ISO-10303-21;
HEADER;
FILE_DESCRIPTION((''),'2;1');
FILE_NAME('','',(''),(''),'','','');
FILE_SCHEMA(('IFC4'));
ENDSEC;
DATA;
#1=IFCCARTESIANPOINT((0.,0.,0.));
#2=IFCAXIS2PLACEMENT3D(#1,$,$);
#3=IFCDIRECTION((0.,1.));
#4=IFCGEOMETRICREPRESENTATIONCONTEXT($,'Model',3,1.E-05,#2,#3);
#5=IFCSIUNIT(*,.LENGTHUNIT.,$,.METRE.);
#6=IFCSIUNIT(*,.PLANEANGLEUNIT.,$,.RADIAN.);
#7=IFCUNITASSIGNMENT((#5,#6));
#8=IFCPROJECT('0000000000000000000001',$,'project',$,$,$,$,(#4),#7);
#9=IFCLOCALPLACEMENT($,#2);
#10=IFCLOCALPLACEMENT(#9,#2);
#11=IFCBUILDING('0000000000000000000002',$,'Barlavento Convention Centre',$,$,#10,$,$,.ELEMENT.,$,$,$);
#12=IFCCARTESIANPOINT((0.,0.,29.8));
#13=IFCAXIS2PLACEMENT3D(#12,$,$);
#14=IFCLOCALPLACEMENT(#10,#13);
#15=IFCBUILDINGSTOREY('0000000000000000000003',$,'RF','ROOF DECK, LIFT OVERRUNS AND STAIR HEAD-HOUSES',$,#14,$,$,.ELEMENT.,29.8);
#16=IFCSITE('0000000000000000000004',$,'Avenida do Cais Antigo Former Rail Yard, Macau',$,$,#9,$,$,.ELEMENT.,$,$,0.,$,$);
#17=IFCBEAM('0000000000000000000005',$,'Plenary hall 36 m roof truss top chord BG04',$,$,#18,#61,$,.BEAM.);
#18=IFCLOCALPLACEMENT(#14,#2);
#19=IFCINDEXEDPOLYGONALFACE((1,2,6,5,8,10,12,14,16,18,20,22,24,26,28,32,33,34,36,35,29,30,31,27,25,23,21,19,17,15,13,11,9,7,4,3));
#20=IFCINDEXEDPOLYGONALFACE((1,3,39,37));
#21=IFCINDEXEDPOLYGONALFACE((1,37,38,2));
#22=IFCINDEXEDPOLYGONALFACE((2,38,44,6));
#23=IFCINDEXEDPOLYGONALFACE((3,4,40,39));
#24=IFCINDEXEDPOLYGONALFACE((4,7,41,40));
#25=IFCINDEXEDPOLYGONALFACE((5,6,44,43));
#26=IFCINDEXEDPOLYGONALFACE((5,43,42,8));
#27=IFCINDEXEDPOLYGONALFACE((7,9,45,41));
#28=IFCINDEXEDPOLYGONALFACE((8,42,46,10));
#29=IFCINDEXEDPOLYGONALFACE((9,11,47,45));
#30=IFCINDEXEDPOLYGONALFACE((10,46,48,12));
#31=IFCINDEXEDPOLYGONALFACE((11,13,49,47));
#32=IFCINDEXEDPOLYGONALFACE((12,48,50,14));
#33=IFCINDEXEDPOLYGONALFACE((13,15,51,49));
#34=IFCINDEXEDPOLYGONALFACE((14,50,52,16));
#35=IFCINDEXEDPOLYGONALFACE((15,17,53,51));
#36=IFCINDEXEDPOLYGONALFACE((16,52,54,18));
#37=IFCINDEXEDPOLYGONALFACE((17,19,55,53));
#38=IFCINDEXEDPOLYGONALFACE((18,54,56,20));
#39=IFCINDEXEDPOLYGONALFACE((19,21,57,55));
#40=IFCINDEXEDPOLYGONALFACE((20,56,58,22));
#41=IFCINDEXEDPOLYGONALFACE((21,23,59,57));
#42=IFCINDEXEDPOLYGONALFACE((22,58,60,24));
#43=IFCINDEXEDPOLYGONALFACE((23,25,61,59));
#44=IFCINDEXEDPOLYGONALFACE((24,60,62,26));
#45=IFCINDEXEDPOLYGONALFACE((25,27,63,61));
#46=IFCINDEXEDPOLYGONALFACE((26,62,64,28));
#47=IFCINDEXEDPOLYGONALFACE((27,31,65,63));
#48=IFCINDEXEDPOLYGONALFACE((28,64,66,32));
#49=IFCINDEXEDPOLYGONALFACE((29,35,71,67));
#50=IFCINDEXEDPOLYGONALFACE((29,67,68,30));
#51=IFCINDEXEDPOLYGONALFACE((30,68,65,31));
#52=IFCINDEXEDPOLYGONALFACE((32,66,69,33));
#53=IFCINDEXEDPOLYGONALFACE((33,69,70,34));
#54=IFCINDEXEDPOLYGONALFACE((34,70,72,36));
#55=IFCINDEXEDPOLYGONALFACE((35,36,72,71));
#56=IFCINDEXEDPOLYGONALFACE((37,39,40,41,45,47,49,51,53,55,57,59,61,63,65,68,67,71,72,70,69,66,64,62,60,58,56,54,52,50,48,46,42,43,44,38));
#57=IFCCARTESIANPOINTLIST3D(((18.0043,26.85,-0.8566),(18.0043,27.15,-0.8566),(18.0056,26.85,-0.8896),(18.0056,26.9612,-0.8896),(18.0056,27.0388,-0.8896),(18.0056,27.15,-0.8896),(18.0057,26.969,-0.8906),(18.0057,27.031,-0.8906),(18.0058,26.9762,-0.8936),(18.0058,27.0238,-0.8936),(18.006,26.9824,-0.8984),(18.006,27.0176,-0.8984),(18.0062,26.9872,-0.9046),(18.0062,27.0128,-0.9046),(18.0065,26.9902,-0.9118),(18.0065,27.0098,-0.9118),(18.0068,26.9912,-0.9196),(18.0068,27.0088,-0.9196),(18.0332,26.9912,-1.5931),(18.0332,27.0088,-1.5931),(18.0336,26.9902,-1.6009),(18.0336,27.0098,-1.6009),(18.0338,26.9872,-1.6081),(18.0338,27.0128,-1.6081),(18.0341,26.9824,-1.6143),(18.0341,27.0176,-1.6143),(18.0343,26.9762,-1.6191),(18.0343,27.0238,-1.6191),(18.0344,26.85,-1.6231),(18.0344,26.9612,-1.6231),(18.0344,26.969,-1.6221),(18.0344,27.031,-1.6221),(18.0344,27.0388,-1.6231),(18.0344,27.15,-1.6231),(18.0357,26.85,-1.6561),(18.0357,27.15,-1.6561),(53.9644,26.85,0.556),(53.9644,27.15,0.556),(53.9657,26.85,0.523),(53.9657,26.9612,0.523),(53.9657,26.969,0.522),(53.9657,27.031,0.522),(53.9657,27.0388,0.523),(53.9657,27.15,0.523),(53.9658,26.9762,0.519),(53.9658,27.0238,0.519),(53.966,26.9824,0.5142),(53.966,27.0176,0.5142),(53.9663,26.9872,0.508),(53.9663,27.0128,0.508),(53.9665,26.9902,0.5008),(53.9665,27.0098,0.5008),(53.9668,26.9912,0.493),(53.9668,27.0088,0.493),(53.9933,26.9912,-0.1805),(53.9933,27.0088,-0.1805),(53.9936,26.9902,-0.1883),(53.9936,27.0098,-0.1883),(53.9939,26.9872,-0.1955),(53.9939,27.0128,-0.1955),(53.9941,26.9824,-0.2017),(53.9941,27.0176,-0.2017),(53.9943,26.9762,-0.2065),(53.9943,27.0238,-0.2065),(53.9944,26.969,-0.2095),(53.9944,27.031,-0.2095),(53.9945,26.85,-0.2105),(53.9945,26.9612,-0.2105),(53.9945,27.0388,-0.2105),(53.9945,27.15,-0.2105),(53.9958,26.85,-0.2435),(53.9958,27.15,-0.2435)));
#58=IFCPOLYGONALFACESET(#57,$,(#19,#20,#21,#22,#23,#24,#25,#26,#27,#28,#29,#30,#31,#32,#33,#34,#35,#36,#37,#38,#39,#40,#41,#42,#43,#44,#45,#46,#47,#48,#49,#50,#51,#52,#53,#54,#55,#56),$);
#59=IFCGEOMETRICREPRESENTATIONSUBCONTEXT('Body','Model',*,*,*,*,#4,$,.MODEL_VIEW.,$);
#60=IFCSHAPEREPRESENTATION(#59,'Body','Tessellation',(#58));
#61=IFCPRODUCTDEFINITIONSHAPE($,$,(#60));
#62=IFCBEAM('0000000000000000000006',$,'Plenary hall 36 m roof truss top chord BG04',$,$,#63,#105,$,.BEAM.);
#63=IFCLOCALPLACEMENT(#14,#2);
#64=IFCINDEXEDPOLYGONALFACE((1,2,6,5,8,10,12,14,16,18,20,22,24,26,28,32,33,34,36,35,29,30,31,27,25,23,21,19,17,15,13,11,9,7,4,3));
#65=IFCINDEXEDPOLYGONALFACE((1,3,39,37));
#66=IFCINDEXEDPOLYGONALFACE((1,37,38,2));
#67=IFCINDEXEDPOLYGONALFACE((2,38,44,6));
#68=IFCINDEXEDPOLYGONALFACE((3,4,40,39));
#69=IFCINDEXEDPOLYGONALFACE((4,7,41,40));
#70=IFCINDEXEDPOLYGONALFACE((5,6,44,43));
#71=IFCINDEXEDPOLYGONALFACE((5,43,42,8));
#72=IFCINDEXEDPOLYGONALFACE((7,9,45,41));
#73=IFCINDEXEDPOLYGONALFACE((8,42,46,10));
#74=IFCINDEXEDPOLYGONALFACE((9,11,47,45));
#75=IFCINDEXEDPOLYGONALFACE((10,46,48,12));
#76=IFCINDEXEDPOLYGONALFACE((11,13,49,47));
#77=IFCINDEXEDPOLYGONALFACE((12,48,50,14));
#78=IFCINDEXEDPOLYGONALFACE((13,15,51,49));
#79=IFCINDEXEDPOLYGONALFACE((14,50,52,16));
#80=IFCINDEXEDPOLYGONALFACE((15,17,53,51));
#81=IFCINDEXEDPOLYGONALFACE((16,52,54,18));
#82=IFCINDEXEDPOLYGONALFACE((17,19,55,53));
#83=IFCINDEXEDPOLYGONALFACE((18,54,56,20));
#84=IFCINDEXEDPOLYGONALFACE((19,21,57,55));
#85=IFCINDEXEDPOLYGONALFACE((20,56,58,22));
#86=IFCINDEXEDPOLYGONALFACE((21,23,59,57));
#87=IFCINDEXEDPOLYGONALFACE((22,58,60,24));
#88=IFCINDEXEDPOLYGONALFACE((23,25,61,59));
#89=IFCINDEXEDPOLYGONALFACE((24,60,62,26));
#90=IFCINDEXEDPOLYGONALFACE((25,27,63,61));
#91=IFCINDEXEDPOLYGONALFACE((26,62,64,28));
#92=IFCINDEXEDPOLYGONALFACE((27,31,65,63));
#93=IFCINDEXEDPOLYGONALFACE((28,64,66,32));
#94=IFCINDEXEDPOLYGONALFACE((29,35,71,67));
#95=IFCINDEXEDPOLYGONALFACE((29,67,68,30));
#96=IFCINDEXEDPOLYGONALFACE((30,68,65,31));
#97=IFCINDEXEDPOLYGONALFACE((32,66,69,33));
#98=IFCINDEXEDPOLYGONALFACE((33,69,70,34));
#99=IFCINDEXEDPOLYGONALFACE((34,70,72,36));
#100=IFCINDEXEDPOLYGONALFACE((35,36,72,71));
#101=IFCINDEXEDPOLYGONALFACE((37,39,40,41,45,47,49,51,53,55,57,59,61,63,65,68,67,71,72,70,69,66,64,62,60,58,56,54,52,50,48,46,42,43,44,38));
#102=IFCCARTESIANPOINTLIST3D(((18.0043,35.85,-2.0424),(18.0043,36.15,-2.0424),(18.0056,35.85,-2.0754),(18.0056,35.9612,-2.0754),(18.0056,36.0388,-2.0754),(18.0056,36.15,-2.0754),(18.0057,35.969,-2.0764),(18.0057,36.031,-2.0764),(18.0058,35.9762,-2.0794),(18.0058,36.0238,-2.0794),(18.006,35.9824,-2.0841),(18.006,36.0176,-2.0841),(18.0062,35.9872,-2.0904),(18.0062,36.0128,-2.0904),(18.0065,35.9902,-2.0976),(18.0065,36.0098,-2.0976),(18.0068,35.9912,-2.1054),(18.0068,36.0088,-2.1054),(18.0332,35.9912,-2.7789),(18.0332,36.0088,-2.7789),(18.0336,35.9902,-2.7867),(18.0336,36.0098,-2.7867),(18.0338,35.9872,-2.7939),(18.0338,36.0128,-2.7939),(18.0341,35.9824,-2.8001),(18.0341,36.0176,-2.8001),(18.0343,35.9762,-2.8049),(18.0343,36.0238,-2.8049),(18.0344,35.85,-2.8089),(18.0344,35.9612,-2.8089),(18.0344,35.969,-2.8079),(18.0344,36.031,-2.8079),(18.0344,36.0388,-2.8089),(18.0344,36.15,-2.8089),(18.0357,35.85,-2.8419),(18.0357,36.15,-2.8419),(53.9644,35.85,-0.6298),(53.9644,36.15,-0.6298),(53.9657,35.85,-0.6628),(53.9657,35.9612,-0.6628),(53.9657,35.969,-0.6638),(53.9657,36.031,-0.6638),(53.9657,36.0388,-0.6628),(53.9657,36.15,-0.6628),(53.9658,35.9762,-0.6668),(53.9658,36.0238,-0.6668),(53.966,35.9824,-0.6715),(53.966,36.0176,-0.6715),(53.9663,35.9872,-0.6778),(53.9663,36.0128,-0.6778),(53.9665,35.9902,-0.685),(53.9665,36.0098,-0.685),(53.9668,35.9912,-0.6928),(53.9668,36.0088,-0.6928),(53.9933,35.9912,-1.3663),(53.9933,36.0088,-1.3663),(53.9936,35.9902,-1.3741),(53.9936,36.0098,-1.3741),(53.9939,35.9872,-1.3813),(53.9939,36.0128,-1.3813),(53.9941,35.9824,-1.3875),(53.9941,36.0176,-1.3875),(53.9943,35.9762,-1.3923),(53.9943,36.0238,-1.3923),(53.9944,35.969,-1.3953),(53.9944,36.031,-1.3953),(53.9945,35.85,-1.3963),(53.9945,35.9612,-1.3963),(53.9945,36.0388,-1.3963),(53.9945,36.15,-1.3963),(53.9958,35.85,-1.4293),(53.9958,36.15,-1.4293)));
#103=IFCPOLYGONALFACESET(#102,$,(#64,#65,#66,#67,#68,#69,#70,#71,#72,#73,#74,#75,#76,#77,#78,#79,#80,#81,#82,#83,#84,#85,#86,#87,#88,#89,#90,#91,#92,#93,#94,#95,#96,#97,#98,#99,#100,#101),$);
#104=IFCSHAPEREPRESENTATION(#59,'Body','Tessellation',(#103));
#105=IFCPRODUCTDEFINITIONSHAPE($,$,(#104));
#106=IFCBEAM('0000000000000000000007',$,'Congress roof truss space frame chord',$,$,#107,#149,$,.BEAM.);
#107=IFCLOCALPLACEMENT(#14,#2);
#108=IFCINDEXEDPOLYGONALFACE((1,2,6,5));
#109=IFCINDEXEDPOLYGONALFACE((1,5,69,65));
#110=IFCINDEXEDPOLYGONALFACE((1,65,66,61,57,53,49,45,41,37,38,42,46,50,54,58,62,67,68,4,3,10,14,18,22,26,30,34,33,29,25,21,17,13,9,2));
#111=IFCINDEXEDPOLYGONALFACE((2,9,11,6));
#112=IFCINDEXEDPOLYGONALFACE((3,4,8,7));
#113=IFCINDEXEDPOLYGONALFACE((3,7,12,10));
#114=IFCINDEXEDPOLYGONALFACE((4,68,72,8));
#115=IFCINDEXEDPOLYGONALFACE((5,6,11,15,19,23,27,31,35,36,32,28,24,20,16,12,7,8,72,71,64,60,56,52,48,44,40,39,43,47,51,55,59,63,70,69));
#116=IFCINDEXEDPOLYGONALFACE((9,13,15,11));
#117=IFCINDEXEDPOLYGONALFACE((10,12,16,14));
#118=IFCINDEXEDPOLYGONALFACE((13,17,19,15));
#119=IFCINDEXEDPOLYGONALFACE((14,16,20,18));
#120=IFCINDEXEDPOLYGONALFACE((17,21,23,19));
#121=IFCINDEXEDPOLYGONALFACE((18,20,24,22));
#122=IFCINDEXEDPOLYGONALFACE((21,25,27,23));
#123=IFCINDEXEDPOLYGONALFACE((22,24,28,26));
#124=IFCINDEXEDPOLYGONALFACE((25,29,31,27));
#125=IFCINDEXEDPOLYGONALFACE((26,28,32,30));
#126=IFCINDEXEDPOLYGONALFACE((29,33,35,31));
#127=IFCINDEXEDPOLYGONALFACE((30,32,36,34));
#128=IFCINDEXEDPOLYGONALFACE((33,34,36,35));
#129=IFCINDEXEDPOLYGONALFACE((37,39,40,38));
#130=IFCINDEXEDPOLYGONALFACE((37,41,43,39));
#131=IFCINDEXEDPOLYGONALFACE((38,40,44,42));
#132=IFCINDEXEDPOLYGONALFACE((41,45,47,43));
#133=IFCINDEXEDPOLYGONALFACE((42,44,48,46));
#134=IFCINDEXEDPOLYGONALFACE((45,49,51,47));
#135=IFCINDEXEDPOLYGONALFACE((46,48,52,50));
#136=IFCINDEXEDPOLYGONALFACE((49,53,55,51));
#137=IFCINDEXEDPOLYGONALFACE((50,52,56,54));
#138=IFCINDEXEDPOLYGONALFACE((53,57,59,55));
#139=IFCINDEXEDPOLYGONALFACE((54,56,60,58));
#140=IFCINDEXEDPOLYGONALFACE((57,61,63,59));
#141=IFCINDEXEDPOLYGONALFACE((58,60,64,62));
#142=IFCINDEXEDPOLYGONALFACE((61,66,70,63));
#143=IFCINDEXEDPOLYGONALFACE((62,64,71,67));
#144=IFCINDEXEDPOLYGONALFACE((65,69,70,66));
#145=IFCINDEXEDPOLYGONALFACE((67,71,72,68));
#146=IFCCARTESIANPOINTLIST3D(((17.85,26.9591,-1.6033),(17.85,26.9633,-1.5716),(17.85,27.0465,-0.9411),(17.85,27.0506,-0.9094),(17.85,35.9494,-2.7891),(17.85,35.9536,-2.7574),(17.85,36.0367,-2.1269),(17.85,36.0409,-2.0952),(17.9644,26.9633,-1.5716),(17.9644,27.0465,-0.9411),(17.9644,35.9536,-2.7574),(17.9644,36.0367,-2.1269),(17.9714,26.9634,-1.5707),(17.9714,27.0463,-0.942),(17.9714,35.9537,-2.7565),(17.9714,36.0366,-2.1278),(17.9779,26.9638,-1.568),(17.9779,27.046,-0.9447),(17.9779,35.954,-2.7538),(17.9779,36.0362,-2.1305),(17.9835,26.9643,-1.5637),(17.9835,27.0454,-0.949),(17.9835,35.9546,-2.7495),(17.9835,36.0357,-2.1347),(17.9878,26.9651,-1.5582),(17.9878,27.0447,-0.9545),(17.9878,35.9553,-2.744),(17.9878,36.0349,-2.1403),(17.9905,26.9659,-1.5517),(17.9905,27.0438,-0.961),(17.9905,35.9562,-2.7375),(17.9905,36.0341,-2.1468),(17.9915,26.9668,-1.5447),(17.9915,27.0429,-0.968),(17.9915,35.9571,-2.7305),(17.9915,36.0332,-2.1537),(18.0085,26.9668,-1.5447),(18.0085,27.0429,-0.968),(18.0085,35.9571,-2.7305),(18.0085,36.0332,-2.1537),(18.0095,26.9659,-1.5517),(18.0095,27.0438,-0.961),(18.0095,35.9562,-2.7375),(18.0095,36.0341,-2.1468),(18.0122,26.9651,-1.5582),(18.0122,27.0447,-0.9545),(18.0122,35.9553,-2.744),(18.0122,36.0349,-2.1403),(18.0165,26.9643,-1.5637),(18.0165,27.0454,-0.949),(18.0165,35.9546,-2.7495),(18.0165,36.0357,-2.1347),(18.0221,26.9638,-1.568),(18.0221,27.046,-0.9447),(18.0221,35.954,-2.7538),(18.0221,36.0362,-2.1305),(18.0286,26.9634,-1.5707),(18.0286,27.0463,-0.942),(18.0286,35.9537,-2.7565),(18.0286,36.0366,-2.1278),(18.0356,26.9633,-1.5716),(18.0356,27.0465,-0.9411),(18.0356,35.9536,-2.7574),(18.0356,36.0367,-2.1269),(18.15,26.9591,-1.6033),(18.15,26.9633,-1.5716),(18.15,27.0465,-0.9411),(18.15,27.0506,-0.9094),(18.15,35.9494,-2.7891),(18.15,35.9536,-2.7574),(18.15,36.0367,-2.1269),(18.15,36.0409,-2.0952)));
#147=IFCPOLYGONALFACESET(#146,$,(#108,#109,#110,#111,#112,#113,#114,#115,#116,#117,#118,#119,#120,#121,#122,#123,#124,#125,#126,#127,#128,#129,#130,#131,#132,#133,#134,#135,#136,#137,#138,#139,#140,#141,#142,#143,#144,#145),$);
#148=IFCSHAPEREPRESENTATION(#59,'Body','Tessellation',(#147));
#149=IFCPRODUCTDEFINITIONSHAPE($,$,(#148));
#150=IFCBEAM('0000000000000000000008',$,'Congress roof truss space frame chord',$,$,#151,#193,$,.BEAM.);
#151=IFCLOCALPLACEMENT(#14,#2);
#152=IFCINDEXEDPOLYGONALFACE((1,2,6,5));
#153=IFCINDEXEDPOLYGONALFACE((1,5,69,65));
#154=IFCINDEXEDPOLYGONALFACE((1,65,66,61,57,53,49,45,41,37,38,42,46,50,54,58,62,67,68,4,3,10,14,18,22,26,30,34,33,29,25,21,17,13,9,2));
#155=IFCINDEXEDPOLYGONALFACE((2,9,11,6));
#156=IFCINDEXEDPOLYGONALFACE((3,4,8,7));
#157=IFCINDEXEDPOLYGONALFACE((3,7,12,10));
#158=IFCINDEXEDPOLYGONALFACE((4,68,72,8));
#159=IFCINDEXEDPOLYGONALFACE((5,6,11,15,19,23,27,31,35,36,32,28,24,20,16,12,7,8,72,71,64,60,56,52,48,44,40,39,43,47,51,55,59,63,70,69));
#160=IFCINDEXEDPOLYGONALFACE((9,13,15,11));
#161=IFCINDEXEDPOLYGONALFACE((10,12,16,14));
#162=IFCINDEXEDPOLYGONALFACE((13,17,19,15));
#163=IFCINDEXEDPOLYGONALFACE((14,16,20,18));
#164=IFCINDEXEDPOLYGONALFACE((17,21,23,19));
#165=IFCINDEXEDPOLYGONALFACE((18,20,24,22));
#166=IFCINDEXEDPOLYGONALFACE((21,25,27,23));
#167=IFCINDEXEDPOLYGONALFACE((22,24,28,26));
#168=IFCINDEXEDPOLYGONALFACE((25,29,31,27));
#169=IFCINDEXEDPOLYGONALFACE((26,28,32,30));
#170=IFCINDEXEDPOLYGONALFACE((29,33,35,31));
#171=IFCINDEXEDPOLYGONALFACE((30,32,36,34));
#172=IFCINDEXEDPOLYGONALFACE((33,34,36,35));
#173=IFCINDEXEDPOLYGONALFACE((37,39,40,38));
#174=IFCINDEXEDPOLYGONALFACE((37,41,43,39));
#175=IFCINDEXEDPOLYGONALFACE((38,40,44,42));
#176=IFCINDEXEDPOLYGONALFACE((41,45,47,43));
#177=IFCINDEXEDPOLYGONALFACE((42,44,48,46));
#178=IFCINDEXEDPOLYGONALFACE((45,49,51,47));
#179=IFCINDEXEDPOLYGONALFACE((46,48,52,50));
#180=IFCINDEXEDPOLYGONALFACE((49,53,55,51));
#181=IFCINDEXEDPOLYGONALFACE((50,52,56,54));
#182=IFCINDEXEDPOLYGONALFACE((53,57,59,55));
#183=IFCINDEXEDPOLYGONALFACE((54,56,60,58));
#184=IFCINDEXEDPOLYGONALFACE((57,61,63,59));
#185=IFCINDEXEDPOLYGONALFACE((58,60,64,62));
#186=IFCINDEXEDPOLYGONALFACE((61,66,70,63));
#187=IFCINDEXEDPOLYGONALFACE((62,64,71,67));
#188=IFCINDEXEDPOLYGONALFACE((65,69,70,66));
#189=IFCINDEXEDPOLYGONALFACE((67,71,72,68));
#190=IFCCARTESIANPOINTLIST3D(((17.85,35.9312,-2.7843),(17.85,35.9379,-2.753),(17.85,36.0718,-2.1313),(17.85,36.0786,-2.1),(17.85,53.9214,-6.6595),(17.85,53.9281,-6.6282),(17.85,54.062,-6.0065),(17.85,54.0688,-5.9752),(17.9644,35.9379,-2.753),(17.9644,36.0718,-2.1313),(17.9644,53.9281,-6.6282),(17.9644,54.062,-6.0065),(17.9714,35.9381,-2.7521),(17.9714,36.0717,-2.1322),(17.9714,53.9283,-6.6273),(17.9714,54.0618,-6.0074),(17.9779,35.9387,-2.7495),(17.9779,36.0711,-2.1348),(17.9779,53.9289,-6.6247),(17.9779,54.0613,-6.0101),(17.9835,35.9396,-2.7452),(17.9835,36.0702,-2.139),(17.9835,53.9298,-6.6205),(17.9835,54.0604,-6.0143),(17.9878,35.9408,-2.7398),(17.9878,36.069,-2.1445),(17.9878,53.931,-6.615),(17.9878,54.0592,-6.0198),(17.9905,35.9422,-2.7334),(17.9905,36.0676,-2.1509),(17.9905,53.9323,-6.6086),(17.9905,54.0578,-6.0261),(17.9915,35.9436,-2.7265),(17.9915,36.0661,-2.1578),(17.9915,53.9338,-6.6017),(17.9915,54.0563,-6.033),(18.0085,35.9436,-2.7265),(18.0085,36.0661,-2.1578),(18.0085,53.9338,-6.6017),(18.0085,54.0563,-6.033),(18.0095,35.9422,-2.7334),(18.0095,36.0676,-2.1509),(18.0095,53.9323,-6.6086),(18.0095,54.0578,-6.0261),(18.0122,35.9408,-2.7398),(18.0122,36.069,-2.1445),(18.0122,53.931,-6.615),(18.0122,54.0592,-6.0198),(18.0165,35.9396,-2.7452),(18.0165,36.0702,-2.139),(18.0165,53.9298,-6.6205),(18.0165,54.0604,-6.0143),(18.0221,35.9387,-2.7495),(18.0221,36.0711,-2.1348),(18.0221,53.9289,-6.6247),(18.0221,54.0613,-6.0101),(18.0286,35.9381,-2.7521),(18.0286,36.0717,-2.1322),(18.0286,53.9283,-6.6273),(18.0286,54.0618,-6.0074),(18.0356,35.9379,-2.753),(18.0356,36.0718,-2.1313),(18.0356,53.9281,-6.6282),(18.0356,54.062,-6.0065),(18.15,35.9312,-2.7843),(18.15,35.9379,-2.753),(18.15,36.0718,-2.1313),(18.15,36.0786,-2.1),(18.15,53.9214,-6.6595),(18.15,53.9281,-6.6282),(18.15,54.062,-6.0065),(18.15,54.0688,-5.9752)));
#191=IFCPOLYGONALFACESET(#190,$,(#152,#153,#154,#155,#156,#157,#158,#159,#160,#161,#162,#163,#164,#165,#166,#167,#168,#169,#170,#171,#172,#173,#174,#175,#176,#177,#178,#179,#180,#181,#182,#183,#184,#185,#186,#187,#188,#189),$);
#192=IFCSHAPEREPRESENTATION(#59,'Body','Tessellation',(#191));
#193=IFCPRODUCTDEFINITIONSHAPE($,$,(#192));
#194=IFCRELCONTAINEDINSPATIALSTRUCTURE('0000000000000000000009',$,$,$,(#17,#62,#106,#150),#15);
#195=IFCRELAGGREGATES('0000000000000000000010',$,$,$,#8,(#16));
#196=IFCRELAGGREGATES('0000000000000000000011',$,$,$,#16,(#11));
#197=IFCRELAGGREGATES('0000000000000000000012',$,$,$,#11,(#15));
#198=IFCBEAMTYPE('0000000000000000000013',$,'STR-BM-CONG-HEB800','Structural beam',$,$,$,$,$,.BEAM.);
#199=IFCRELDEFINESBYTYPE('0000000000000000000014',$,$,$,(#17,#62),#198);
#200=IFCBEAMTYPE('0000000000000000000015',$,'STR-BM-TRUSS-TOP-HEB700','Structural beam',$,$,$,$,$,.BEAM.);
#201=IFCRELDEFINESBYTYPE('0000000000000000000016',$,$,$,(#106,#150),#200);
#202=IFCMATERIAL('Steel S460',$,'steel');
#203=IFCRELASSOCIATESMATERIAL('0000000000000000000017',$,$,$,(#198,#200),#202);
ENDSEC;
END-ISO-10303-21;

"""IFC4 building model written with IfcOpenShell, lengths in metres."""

from ifc_helpers import new_model, si_unit, direction, frame, origin, origin_2d, place, context, subcontext, project, spatial, i_section, extrude, material, material_profile, profile_set, type_object, element, save


model = new_model("IFC4")

# Units and contexts
model_context = context("Model", 3, precision=1e-05, world=origin(), true_north=direction((0.0, 1.0)))
body_context = subcontext(model_context, "Body", "Model", "MODEL_VIEW")
ifc_project = project(units=[si_unit("LENGTHUNIT", "METRE"), si_unit("PLANEANGLEUNIT", "RADIAN")], contexts=[model_context])

# Site, building, storey
site_placement = place(None, origin())
site = spatial("IfcSite", under=ifc_project, at=site_placement, Name="Avenida do Cais Antigo Former Rail Yard, Macau", CompositionType="ELEMENT", RefElevation=0.0)
building_placement = place(site_placement, origin())
building = spatial("IfcBuilding", under=site, at=building_placement, Name="Barlavento Convention Centre", CompositionType="ELEMENT")
storey_placement = place(building_placement, frame((0.0, 0.0, 29.8)))
storey = spatial("IfcBuildingStorey", under=building, at=storey_placement, Name="RF", Description="ROOF DECK, LIFT OVERRUNS AND STAIR HEAD-HOUSES", CompositionType="ELEMENT", Elevation=29.8)

# Beams
ifc_material_1 = material(Name="Steel S460", Category="steel")
ifc_material_profile_1 = material_profile(ifc_material_1, i_section(OverallWidth=0.3, OverallDepth=0.8, WebThickness=0.0176, FlangeThickness=0.033, FilletRadius=0.03, at=origin_2d()), Name="HEB 800")
ifc_profile_set_1 = profile_set([ifc_material_profile_1], Name="Steel S460")
beam_type_1 = type_object("IfcBeamType", Name="STR-BM-CONG-HEB800", Description="Structural beam", PredefinedType="BEAM", material=ifc_profile_set_1)
for number, where, z_axis, x_axis, name in (
    (1, (18.02, 27.0, -1.2563), (0.999229, 0.0, 0.039252), (0.0, 1.0, 0.0), "Plenary hall 36 m roof truss top chord BG04"),
    (2, (18.02, 36.0, -2.4421), (0.999229, 0.0, 0.039252), (0.0, 1.0, 0.0), "Plenary hall 36 m roof truss top chord BG04"),
):
    element("IfcBeam", number, at=place(storey_placement, frame(where, z_axis=z_axis, x_axis=x_axis)), inside=storey, type_object=beam_type_1, Name=name, PredefinedType="BEAM", context=body_context, shape_type="SweptSolid", body=[
        extrude(i_section(OverallWidth=0.3, OverallDepth=0.8, WebThickness=0.0176, FlangeThickness=0.033, FilletRadius=0.03, at=origin_2d()), origin(), (0.0, 0.0, 1.0), 35.9878),
    ])
ifc_material_profile_2 = material_profile(ifc_material_1, i_section(OverallWidth=0.3, OverallDepth=0.7, WebThickness=0.0171, FlangeThickness=0.032, FilletRadius=0.0271, at=origin_2d()), Name="HEB 700")
ifc_profile_set_2 = profile_set([ifc_material_profile_2], Name="Steel S460")
beam_type_2 = type_object("IfcBeamType", Name="STR-BM-TRUSS-TOP-HEB700", Description="Structural beam", PredefinedType="BEAM", material=ifc_profile_set_2)
beam_1_placement = place(storey_placement, frame((18.0, 27.0049, -1.2563), z_axis=(0.0, 0.991413, -0.130765), x_axis=(-1.0, 0.0, 0.0)))
element("IfcBeam", 3, at=beam_1_placement, inside=storey, type_object=beam_type_2, Name="Congress roof truss space frame chord", PredefinedType="BEAM", context=body_context, shape_type="SweptSolid", body=[
    extrude(i_section(OverallWidth=0.3, OverallDepth=0.7, WebThickness=0.0171, FlangeThickness=0.032, FilletRadius=0.0271, at=origin_2d()), origin(), (0.0, 0.0, 1.0), 9.0681),
])
beam_2_placement = place(storey_placement, frame((18.0, 36.0049, -2.4421), z_axis=(0.0, 0.977577, -0.210578), x_axis=(-1.0, 0.0, 0.0)))
element("IfcBeam", 4, at=beam_2_placement, inside=storey, type_object=beam_type_2, Name="Congress roof truss space frame chord", PredefinedType="BEAM", context=body_context, shape_type="SweptSolid", body=[
    extrude(i_section(OverallWidth=0.3, OverallDepth=0.7, WebThickness=0.0171, FlangeThickness=0.032, FilletRadius=0.0271, at=origin_2d()), origin(), (0.0, 0.0, 1.0), 18.4028),
])

save(model, "model.ifc")
